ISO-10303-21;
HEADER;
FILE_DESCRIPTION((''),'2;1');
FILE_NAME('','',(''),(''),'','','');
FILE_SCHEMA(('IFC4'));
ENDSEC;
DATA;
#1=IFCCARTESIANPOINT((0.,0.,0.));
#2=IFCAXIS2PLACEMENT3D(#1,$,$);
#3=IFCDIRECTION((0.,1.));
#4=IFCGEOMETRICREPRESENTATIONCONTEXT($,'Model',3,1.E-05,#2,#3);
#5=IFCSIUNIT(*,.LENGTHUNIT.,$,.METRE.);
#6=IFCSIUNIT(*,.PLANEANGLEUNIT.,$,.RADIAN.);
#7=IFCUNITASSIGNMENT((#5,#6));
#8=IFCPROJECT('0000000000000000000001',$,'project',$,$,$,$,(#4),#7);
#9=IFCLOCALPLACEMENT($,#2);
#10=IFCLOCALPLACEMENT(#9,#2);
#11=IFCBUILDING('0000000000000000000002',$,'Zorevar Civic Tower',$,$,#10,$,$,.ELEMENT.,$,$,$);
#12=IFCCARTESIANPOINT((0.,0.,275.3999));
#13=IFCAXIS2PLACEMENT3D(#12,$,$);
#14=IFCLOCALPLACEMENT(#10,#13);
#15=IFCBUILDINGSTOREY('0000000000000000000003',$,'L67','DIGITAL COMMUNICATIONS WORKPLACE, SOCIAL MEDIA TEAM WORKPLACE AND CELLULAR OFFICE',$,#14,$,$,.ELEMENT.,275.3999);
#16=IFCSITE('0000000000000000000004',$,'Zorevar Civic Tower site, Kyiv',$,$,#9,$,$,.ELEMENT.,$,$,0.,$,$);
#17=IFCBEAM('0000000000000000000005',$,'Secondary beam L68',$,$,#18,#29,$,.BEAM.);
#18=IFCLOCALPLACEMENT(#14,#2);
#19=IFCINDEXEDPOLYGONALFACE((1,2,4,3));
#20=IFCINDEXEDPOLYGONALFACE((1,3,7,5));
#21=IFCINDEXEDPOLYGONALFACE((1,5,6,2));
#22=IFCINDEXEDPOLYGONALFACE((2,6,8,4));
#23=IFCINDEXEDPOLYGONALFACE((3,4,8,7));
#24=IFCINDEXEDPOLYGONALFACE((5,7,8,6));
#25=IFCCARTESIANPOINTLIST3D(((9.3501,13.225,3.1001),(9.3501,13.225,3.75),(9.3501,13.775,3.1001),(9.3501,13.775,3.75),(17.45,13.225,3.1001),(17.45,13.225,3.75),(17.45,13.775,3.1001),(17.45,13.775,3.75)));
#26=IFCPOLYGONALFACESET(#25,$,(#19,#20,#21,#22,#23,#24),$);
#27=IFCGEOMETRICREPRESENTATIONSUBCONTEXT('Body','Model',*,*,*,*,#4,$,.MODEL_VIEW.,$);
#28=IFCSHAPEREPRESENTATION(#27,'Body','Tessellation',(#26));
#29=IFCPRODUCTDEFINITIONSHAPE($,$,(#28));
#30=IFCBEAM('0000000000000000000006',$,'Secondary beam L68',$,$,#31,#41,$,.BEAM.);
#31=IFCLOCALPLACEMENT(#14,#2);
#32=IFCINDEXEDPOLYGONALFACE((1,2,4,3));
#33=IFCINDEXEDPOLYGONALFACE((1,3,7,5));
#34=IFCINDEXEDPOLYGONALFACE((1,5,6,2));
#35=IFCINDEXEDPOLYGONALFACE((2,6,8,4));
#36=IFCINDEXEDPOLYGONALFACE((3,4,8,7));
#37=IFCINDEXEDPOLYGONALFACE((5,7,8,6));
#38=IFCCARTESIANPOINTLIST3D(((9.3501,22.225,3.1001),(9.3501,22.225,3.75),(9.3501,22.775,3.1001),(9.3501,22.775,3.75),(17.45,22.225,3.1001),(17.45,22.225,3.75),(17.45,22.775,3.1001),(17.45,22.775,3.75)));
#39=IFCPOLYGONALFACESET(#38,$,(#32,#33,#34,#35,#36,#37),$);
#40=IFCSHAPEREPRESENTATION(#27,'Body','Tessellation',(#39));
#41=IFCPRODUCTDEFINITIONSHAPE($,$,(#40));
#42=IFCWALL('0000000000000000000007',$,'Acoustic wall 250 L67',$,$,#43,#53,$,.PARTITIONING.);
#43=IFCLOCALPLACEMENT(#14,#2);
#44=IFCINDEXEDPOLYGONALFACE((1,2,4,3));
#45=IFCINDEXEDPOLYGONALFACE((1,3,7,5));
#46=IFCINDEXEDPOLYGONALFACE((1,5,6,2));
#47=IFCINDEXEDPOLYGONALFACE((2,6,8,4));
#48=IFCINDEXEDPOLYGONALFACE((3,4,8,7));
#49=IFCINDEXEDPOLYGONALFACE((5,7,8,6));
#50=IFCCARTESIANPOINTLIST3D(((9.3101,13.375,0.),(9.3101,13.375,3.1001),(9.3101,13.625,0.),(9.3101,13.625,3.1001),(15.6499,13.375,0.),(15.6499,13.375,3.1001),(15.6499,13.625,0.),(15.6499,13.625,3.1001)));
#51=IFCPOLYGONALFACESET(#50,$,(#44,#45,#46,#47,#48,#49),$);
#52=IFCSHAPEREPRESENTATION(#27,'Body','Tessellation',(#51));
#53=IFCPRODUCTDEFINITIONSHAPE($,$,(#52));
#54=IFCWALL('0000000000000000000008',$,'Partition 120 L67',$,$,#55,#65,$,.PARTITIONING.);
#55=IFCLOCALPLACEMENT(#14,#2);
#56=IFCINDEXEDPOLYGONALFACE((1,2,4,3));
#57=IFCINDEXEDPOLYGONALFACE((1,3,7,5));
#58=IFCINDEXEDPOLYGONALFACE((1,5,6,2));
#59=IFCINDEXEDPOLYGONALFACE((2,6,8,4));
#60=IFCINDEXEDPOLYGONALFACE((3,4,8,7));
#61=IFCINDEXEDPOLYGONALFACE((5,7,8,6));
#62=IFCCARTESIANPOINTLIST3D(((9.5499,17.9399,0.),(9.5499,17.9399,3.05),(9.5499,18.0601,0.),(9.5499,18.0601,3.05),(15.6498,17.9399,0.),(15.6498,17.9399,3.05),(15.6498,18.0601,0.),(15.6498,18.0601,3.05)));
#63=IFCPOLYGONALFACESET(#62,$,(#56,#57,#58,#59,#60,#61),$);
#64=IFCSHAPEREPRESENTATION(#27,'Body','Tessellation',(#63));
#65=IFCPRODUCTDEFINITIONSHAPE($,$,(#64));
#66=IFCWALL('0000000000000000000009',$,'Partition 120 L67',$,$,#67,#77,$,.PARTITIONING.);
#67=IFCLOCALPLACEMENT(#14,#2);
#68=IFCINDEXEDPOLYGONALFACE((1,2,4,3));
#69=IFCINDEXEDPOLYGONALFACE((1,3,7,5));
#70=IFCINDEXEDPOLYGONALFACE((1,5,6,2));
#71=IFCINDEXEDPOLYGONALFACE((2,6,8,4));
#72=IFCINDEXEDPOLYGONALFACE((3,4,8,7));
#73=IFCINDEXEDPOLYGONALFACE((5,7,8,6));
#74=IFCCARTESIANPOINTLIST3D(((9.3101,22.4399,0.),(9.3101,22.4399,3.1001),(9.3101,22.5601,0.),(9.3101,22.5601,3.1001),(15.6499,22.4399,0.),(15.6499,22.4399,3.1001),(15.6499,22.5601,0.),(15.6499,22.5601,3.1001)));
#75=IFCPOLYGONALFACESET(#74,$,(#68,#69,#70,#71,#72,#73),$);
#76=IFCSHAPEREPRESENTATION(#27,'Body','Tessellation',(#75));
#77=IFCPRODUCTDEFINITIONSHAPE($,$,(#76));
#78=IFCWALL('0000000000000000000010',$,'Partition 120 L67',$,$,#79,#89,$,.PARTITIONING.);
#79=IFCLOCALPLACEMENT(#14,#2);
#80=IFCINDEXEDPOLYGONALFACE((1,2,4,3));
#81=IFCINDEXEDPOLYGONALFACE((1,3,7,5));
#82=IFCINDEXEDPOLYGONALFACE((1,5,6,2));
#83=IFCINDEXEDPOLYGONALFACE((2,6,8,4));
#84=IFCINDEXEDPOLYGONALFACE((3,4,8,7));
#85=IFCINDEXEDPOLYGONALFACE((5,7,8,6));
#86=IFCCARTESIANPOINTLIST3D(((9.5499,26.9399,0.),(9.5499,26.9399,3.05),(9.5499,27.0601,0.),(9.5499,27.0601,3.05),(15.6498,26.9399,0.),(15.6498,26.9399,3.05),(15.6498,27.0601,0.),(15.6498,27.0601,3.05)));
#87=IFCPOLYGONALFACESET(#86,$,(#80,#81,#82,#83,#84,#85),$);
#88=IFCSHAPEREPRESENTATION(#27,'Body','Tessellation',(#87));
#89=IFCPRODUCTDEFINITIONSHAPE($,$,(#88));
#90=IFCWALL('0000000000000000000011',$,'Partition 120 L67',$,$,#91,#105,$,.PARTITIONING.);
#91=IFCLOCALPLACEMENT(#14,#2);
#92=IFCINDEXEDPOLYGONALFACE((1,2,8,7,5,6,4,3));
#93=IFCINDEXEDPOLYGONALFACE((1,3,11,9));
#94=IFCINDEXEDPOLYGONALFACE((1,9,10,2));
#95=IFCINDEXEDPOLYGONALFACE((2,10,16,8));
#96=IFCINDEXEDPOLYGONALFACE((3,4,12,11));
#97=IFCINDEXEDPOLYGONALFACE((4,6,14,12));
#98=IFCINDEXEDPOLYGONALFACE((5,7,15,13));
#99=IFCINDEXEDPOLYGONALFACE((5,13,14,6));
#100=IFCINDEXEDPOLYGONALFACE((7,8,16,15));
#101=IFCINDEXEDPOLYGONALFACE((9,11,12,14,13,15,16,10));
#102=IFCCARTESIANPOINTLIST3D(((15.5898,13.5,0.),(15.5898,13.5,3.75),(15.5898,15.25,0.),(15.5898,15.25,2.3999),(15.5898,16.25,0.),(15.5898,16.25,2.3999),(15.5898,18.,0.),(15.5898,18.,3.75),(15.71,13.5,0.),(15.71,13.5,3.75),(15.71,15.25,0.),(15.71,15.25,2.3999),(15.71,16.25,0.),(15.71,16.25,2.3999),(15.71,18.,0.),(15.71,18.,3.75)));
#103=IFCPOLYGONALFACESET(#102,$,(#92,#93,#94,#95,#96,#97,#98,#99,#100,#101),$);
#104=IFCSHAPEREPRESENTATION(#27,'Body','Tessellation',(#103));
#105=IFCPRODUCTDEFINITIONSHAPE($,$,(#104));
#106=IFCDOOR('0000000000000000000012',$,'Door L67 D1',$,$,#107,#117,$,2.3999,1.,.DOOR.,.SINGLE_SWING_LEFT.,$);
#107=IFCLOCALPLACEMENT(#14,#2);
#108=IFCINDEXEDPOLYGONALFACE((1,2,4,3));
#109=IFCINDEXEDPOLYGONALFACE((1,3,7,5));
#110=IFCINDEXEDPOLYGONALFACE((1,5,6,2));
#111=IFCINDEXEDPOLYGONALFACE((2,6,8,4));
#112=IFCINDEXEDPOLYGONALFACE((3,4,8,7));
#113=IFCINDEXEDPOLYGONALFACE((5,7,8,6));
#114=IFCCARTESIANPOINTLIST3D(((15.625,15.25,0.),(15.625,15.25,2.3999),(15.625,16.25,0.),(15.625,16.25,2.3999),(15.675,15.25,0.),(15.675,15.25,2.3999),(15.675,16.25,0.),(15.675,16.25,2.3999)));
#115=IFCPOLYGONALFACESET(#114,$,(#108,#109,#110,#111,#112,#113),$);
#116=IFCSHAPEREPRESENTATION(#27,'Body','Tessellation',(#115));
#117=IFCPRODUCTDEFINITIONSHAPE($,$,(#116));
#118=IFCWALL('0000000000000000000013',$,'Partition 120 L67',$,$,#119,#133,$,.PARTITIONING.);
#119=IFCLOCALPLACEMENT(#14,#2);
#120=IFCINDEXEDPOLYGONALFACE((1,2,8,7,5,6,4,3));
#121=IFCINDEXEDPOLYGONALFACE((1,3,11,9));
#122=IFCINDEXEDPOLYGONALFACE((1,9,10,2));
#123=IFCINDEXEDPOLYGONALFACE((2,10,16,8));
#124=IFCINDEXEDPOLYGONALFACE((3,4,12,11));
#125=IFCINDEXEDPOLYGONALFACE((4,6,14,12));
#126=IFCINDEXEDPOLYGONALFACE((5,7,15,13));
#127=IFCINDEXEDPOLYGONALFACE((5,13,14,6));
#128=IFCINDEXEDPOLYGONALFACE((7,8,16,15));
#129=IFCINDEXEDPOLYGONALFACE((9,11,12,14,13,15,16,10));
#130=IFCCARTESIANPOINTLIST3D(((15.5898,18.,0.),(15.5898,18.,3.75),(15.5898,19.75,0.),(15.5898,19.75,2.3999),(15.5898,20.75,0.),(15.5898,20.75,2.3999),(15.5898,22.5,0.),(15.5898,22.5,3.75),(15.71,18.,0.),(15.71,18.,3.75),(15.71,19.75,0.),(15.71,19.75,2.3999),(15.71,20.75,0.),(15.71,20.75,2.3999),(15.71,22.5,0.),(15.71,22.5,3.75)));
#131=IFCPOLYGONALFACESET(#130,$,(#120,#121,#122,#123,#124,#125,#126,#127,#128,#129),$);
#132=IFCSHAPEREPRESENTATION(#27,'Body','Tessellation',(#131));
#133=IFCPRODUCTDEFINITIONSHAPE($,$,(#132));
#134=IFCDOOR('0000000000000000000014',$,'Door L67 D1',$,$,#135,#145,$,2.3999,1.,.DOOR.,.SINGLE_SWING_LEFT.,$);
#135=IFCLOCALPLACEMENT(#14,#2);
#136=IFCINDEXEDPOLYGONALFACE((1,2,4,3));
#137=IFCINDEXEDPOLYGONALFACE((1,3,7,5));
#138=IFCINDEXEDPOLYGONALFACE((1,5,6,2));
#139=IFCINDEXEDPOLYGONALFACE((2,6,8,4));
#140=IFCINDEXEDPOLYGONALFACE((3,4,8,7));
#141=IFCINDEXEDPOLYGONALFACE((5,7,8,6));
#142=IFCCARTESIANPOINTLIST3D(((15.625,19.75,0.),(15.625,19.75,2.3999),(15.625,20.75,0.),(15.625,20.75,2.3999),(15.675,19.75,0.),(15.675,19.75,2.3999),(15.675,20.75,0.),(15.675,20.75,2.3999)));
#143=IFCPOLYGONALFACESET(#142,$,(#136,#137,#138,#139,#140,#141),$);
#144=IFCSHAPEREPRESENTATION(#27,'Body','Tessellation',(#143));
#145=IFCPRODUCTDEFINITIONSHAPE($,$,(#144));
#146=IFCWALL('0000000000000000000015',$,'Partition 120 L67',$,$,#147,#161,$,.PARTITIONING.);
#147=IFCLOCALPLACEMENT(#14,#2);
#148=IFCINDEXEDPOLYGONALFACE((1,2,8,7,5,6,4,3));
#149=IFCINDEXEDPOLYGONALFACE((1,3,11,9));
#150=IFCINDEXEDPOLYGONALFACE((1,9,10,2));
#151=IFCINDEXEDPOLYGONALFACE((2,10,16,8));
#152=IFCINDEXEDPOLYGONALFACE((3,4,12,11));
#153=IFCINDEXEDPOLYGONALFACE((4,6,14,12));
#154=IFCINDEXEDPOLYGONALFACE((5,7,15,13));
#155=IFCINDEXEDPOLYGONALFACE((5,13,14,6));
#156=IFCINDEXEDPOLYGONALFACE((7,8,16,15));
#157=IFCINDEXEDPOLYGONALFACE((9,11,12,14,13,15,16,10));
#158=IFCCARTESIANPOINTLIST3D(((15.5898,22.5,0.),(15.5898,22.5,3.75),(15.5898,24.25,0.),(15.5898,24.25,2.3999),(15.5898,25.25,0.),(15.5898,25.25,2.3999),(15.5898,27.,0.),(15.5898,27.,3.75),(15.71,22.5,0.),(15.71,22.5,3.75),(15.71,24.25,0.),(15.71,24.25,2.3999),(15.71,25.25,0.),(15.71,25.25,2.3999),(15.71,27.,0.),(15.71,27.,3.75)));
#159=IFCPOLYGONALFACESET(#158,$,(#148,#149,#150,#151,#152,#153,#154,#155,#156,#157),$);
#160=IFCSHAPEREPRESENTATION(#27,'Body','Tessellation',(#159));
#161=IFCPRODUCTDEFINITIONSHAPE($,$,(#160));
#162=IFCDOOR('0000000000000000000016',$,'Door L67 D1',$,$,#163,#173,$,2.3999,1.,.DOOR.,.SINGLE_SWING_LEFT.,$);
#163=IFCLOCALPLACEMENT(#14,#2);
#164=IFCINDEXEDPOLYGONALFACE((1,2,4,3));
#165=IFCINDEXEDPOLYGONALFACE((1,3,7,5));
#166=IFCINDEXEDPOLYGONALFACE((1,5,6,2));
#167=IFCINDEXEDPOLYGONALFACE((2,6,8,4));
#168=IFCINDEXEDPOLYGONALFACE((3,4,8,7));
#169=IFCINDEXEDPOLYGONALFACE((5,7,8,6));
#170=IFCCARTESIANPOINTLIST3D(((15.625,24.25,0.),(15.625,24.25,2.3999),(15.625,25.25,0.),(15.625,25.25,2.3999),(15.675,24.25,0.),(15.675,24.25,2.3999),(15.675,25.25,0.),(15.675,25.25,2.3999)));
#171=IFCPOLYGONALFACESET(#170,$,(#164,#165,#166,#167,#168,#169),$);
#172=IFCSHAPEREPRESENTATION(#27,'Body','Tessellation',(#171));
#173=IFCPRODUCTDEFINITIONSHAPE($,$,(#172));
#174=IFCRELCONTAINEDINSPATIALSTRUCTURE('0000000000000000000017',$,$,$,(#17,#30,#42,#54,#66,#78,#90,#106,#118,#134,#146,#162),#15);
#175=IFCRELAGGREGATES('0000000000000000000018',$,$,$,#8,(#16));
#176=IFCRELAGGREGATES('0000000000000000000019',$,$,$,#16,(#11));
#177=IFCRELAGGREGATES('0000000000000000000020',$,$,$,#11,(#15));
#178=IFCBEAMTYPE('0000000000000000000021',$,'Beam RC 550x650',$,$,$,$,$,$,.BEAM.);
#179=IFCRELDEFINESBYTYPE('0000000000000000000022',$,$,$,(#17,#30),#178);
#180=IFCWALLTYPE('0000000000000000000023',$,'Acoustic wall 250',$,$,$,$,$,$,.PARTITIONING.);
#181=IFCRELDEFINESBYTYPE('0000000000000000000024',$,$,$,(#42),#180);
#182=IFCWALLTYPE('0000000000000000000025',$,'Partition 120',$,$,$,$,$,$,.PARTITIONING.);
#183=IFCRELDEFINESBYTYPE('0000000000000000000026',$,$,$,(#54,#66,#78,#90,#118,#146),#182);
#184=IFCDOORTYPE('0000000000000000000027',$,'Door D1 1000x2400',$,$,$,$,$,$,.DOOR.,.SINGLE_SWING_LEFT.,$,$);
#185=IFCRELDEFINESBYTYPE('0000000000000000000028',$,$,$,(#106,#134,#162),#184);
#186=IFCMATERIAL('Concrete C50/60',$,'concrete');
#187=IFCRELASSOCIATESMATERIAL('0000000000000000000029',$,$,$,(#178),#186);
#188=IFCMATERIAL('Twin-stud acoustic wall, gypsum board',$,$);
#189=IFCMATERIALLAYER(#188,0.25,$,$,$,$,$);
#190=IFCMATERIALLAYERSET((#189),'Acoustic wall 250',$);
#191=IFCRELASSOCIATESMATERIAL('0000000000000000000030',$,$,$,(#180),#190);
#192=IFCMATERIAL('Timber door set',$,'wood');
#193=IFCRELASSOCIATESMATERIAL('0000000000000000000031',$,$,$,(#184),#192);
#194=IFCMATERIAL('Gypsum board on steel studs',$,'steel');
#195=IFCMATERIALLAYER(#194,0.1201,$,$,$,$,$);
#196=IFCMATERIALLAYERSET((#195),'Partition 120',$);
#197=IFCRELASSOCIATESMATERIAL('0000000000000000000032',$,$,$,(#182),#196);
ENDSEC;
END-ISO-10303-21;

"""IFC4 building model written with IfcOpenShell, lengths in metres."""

from ifc_helpers import new_model, si_unit, direction, frame, frame_2d, origin, origin_2d, place, context, subcontext, project, spatial, rectangle, extrude, material, layer, layer_set, material_profile, profile_set, type_object, element, fill, save


model = new_model("IFC4")

# Units and contexts
model_context = context("Model", 3, precision=1e-05, world=origin(), true_north=direction((0.0, 1.0)))
body_context = subcontext(model_context, "Body", "Model", "MODEL_VIEW")
ifc_project = project(units=[si_unit("LENGTHUNIT", "METRE"), si_unit("PLANEANGLEUNIT", "RADIAN")], contexts=[model_context])

# Site, building, storey
site_placement = place(None, origin())
site = spatial("IfcSite", under=ifc_project, at=site_placement, Name="Zorevar Civic Tower site, Kyiv", CompositionType="ELEMENT", RefElevation=0.0)
building_placement = place(site_placement, origin())
building = spatial("IfcBuilding", under=site, at=building_placement, Name="Zorevar Civic Tower", CompositionType="ELEMENT")
storey_placement = place(building_placement, frame((0.0, 0.0, 275.3999)))
storey = spatial("IfcBuildingStorey", under=building, at=storey_placement, Name="L67", Description="DIGITAL COMMUNICATIONS WORKPLACE, SOCIAL MEDIA TEAM WORKPLACE AND CELLULAR OFFICE", CompositionType="ELEMENT", Elevation=275.3999)

# Beams
ifc_material_1 = material(Name="Concrete C50/60", Category="concrete")
ifc_material_profile = material_profile(ifc_material_1, rectangle(XDim=0.55, YDim=0.6499, at=origin_2d()), Name="RC 550x650")
ifc_profile_set = profile_set([ifc_material_profile], Name="Concrete C50/60")
beam_type = type_object("IfcBeamType", Name="Beam RC 550x650", PredefinedType="BEAM", material=ifc_profile_set)
for number, where, z_axis, x_axis, name in (
    (1, (9.3501, 13.5, 3.425), (1.0, 0.0, 0.0), (0.0, 1.0, 0.0), "Secondary beam L68"),
    (2, (9.3501, 22.5, 3.425), (1.0, 0.0, 0.0), (0.0, 1.0, 0.0), "Secondary beam L68"),
):
    element("IfcBeam", number, at=place(storey_placement, frame(where, z_axis=z_axis, x_axis=x_axis)), inside=storey, type_object=beam_type, Name=name, PredefinedType="BEAM", context=body_context, shape_type="SweptSolid", body=[
        extrude(rectangle(XDim=0.55, YDim=0.6499, at=origin_2d()), origin(), (0.0, 0.0, 1.0), 8.0999),
    ])

# Wall
ifc_material_2 = material(Name="Twin-stud acoustic wall, gypsum board")
ifc_layer_1 = layer(ifc_material_2, 0.25)
ifc_layer_set_1 = layer_set([ifc_layer_1], Name="Acoustic wall 250")
wall_type_1 = type_object("IfcWallType", Name="Acoustic wall 250", PredefinedType="PARTITIONING", material=ifc_layer_set_1)
wall_1_placement = place(storey_placement, frame((9.3101, 13.5, 0.0), z_axis=(0.0, 0.0, 1.0), x_axis=(1.0, 0.0, 0.0)))
element("IfcWall", 3, at=wall_1_placement, inside=storey, type_object=wall_type_1, Name="Acoustic wall 250 L67", PredefinedType="PARTITIONING", context=body_context, shape_type="SweptSolid", body=[
    extrude(rectangle(XDim=6.3398, YDim=0.25, at=frame_2d((3.1699, 0.0))), origin(), (0.0, 0.0, 1.0), 3.1001),
])

# Shared definitions
ifc_material_3 = material(Name="Timber door set", Category="wood")
door_type_1 = type_object("IfcDoorType", Name="Door D1 1000x2400", OperationType="SINGLE_SWING_LEFT", PredefinedType="DOOR", material=ifc_material_3)

# Walls
ifc_material_4 = material(Name="Gypsum board on steel studs", Category="steel")
ifc_layer_2 = layer(ifc_material_4, 0.1201)
ifc_layer_set_2 = layer_set([ifc_layer_2], Name="Partition 120")
wall_type_2 = type_object("IfcWallType", Name="Partition 120", PredefinedType="PARTITIONING", material=ifc_layer_set_2)
wall_2_placement = place(storey_placement, frame((9.55, 18.0, 0.0), z_axis=(0.0, 0.0, 1.0), x_axis=(1.0, 0.0, 0.0)))
element("IfcWall", 4, at=wall_2_placement, inside=storey, type_object=wall_type_2, Name="Partition 120 L67", PredefinedType="PARTITIONING", context=body_context, shape_type="SweptSolid", body=[
    extrude(rectangle(XDim=6.0999, YDim=0.1201, at=frame_2d((3.0498, 0.0))), origin(), (0.0, 0.0, 1.0), 3.05),
])
wall_3_placement = place(storey_placement, frame((9.3101, 22.5, 0.0), z_axis=(0.0, 0.0, 1.0), x_axis=(1.0, 0.0, 0.0)))
element("IfcWall", 5, at=wall_3_placement, inside=storey, type_object=wall_type_2, Name="Partition 120 L67", PredefinedType="PARTITIONING", context=body_context, shape_type="SweptSolid", body=[
    extrude(rectangle(XDim=6.3398, YDim=0.1201, at=frame_2d((3.1699, 0.0))), origin(), (0.0, 0.0, 1.0), 3.1001),
])
wall_4_placement = place(storey_placement, frame((9.55, 27.0, 0.0), z_axis=(0.0, 0.0, 1.0), x_axis=(1.0, 0.0, 0.0)))
element("IfcWall", 6, at=wall_4_placement, inside=storey, type_object=wall_type_2, Name="Partition 120 L67", PredefinedType="PARTITIONING", context=body_context, shape_type="SweptSolid", body=[
    extrude(rectangle(XDim=6.0999, YDim=0.1201, at=frame_2d((3.0498, 0.0))), origin(), (0.0, 0.0, 1.0), 3.05),
])

# Walls, openings, doors
wall_5_placement = place(storey_placement, frame((15.6499, 13.5, 0.0), z_axis=(0.0, 0.0, 1.0), x_axis=(0.0, 1.0, 0.0)))
wall_5 = element("IfcWall", 7, at=wall_5_placement, inside=storey, type_object=wall_type_2, Name="Partition 120 L67", PredefinedType="PARTITIONING", context=body_context, shape_type="SweptSolid", body=[
    extrude(rectangle(XDim=4.5, YDim=0.1201, at=frame_2d((2.25, 0.0))), origin(), (0.0, 0.0, 1.0), 3.75),
])
opening_1_placement = place(wall_5_placement, frame((1.75, 0.0, 0.0)))
opening_1 = element("IfcOpeningElement", 8, at=opening_1_placement, cuts=wall_5, PredefinedType="OPENING", context=body_context, shape_type="SweptSolid", body=[
    extrude(rectangle(XDim=1.0, YDim=2.3999, at=frame_2d((0.5, 1.2))), frame((0.0, 0.0701, 0.0), z_axis=(0.0, -1.0, 0.0), x_axis=(1.0, 0.0, 0.0)), (0.0, 0.0, 1.0), 0.1401),
])
door_1_placement = place(opening_1_placement, origin())
door_1 = element("IfcDoor", 9, at=door_1_placement, inside=storey, type_object=door_type_1, Name="Door L67 D1", OperationType="SINGLE_SWING_LEFT", OverallHeight=2.3999, OverallWidth=1.0, PredefinedType="DOOR", context=body_context, shape_type="SweptSolid", body=[
    extrude(rectangle(XDim=1.0, YDim=2.3999, at=frame_2d((0.5, 1.2))), frame((0.0, 0.0249, 0.0), z_axis=(0.0, -1.0, 0.0), x_axis=(1.0, 0.0, 0.0)), (0.0, 0.0, 1.0), 0.05),
])
fill(opening_1, door_1)
wall_6_placement = place(storey_placement, frame((15.6499, 18.0, 0.0), z_axis=(0.0, 0.0, 1.0), x_axis=(0.0, 1.0, 0.0)))
wall_6 = element("IfcWall", 10, at=wall_6_placement, inside=storey, type_object=wall_type_2, Name="Partition 120 L67", PredefinedType="PARTITIONING", context=body_context, shape_type="SweptSolid", body=[
    extrude(rectangle(XDim=4.5, YDim=0.1201, at=frame_2d((2.25, 0.0))), origin(), (0.0, 0.0, 1.0), 3.75),
])
opening_2_placement = place(wall_6_placement, frame((1.75, 0.0, 0.0)))
opening_2 = element("IfcOpeningElement", 11, at=opening_2_placement, cuts=wall_6, PredefinedType="OPENING", context=body_context, shape_type="SweptSolid", body=[
    extrude(rectangle(XDim=1.0, YDim=2.3999, at=frame_2d((0.5, 1.2))), frame((0.0, 0.0701, 0.0), z_axis=(0.0, -1.0, 0.0), x_axis=(1.0, 0.0, 0.0)), (0.0, 0.0, 1.0), 0.1401),
])
door_2_placement = place(opening_2_placement, origin())
door_2 = element("IfcDoor", 12, at=door_2_placement, inside=storey, type_object=door_type_1, Name="Door L67 D1", OperationType="SINGLE_SWING_LEFT", OverallHeight=2.3999, OverallWidth=1.0, PredefinedType="DOOR", context=body_context, shape_type="SweptSolid", body=[
    extrude(rectangle(XDim=1.0, YDim=2.3999, at=frame_2d((0.5, 1.2))), frame((0.0, 0.0249, 0.0), z_axis=(0.0, -1.0, 0.0), x_axis=(1.0, 0.0, 0.0)), (0.0, 0.0, 1.0), 0.05),
])
fill(opening_2, door_2)
wall_7_placement = place(storey_placement, frame((15.6499, 22.5, 0.0), z_axis=(0.0, 0.0, 1.0), x_axis=(0.0, 1.0, 0.0)))
wall_7 = element("IfcWall", 13, at=wall_7_placement, inside=storey, type_object=wall_type_2, Name="Partition 120 L67", PredefinedType="PARTITIONING", context=body_context, shape_type="SweptSolid", body=[
    extrude(rectangle(XDim=4.5, YDim=0.1201, at=frame_2d((2.25, 0.0))), origin(), (0.0, 0.0, 1.0), 3.75),
])
opening_3_placement = place(wall_7_placement, frame((1.75, 0.0, 0.0)))
opening_3 = element("IfcOpeningElement", 14, at=opening_3_placement, cuts=wall_7, PredefinedType="OPENING", context=body_context, shape_type="SweptSolid", body=[
    extrude(rectangle(XDim=1.0, YDim=2.3999, at=frame_2d((0.5, 1.2))), frame((0.0, 0.0701, 0.0), z_axis=(0.0, -1.0, 0.0), x_axis=(1.0, 0.0, 0.0)), (0.0, 0.0, 1.0), 0.1401),
])
door_3_placement = place(opening_3_placement, origin())
door_3 = element("IfcDoor", 15, at=door_3_placement, inside=storey, type_object=door_type_1, Name="Door L67 D1", OperationType="SINGLE_SWING_LEFT", OverallHeight=2.3999, OverallWidth=1.0, PredefinedType="DOOR", context=body_context, shape_type="SweptSolid", body=[
    extrude(rectangle(XDim=1.0, YDim=2.3999, at=frame_2d((0.5, 1.2))), frame((0.0, 0.0249, 0.0), z_axis=(0.0, -1.0, 0.0), x_axis=(1.0, 0.0, 0.0)), (0.0, 0.0, 1.0), 0.05),
])
fill(opening_3, door_3)

save(model, "model.ifc")
